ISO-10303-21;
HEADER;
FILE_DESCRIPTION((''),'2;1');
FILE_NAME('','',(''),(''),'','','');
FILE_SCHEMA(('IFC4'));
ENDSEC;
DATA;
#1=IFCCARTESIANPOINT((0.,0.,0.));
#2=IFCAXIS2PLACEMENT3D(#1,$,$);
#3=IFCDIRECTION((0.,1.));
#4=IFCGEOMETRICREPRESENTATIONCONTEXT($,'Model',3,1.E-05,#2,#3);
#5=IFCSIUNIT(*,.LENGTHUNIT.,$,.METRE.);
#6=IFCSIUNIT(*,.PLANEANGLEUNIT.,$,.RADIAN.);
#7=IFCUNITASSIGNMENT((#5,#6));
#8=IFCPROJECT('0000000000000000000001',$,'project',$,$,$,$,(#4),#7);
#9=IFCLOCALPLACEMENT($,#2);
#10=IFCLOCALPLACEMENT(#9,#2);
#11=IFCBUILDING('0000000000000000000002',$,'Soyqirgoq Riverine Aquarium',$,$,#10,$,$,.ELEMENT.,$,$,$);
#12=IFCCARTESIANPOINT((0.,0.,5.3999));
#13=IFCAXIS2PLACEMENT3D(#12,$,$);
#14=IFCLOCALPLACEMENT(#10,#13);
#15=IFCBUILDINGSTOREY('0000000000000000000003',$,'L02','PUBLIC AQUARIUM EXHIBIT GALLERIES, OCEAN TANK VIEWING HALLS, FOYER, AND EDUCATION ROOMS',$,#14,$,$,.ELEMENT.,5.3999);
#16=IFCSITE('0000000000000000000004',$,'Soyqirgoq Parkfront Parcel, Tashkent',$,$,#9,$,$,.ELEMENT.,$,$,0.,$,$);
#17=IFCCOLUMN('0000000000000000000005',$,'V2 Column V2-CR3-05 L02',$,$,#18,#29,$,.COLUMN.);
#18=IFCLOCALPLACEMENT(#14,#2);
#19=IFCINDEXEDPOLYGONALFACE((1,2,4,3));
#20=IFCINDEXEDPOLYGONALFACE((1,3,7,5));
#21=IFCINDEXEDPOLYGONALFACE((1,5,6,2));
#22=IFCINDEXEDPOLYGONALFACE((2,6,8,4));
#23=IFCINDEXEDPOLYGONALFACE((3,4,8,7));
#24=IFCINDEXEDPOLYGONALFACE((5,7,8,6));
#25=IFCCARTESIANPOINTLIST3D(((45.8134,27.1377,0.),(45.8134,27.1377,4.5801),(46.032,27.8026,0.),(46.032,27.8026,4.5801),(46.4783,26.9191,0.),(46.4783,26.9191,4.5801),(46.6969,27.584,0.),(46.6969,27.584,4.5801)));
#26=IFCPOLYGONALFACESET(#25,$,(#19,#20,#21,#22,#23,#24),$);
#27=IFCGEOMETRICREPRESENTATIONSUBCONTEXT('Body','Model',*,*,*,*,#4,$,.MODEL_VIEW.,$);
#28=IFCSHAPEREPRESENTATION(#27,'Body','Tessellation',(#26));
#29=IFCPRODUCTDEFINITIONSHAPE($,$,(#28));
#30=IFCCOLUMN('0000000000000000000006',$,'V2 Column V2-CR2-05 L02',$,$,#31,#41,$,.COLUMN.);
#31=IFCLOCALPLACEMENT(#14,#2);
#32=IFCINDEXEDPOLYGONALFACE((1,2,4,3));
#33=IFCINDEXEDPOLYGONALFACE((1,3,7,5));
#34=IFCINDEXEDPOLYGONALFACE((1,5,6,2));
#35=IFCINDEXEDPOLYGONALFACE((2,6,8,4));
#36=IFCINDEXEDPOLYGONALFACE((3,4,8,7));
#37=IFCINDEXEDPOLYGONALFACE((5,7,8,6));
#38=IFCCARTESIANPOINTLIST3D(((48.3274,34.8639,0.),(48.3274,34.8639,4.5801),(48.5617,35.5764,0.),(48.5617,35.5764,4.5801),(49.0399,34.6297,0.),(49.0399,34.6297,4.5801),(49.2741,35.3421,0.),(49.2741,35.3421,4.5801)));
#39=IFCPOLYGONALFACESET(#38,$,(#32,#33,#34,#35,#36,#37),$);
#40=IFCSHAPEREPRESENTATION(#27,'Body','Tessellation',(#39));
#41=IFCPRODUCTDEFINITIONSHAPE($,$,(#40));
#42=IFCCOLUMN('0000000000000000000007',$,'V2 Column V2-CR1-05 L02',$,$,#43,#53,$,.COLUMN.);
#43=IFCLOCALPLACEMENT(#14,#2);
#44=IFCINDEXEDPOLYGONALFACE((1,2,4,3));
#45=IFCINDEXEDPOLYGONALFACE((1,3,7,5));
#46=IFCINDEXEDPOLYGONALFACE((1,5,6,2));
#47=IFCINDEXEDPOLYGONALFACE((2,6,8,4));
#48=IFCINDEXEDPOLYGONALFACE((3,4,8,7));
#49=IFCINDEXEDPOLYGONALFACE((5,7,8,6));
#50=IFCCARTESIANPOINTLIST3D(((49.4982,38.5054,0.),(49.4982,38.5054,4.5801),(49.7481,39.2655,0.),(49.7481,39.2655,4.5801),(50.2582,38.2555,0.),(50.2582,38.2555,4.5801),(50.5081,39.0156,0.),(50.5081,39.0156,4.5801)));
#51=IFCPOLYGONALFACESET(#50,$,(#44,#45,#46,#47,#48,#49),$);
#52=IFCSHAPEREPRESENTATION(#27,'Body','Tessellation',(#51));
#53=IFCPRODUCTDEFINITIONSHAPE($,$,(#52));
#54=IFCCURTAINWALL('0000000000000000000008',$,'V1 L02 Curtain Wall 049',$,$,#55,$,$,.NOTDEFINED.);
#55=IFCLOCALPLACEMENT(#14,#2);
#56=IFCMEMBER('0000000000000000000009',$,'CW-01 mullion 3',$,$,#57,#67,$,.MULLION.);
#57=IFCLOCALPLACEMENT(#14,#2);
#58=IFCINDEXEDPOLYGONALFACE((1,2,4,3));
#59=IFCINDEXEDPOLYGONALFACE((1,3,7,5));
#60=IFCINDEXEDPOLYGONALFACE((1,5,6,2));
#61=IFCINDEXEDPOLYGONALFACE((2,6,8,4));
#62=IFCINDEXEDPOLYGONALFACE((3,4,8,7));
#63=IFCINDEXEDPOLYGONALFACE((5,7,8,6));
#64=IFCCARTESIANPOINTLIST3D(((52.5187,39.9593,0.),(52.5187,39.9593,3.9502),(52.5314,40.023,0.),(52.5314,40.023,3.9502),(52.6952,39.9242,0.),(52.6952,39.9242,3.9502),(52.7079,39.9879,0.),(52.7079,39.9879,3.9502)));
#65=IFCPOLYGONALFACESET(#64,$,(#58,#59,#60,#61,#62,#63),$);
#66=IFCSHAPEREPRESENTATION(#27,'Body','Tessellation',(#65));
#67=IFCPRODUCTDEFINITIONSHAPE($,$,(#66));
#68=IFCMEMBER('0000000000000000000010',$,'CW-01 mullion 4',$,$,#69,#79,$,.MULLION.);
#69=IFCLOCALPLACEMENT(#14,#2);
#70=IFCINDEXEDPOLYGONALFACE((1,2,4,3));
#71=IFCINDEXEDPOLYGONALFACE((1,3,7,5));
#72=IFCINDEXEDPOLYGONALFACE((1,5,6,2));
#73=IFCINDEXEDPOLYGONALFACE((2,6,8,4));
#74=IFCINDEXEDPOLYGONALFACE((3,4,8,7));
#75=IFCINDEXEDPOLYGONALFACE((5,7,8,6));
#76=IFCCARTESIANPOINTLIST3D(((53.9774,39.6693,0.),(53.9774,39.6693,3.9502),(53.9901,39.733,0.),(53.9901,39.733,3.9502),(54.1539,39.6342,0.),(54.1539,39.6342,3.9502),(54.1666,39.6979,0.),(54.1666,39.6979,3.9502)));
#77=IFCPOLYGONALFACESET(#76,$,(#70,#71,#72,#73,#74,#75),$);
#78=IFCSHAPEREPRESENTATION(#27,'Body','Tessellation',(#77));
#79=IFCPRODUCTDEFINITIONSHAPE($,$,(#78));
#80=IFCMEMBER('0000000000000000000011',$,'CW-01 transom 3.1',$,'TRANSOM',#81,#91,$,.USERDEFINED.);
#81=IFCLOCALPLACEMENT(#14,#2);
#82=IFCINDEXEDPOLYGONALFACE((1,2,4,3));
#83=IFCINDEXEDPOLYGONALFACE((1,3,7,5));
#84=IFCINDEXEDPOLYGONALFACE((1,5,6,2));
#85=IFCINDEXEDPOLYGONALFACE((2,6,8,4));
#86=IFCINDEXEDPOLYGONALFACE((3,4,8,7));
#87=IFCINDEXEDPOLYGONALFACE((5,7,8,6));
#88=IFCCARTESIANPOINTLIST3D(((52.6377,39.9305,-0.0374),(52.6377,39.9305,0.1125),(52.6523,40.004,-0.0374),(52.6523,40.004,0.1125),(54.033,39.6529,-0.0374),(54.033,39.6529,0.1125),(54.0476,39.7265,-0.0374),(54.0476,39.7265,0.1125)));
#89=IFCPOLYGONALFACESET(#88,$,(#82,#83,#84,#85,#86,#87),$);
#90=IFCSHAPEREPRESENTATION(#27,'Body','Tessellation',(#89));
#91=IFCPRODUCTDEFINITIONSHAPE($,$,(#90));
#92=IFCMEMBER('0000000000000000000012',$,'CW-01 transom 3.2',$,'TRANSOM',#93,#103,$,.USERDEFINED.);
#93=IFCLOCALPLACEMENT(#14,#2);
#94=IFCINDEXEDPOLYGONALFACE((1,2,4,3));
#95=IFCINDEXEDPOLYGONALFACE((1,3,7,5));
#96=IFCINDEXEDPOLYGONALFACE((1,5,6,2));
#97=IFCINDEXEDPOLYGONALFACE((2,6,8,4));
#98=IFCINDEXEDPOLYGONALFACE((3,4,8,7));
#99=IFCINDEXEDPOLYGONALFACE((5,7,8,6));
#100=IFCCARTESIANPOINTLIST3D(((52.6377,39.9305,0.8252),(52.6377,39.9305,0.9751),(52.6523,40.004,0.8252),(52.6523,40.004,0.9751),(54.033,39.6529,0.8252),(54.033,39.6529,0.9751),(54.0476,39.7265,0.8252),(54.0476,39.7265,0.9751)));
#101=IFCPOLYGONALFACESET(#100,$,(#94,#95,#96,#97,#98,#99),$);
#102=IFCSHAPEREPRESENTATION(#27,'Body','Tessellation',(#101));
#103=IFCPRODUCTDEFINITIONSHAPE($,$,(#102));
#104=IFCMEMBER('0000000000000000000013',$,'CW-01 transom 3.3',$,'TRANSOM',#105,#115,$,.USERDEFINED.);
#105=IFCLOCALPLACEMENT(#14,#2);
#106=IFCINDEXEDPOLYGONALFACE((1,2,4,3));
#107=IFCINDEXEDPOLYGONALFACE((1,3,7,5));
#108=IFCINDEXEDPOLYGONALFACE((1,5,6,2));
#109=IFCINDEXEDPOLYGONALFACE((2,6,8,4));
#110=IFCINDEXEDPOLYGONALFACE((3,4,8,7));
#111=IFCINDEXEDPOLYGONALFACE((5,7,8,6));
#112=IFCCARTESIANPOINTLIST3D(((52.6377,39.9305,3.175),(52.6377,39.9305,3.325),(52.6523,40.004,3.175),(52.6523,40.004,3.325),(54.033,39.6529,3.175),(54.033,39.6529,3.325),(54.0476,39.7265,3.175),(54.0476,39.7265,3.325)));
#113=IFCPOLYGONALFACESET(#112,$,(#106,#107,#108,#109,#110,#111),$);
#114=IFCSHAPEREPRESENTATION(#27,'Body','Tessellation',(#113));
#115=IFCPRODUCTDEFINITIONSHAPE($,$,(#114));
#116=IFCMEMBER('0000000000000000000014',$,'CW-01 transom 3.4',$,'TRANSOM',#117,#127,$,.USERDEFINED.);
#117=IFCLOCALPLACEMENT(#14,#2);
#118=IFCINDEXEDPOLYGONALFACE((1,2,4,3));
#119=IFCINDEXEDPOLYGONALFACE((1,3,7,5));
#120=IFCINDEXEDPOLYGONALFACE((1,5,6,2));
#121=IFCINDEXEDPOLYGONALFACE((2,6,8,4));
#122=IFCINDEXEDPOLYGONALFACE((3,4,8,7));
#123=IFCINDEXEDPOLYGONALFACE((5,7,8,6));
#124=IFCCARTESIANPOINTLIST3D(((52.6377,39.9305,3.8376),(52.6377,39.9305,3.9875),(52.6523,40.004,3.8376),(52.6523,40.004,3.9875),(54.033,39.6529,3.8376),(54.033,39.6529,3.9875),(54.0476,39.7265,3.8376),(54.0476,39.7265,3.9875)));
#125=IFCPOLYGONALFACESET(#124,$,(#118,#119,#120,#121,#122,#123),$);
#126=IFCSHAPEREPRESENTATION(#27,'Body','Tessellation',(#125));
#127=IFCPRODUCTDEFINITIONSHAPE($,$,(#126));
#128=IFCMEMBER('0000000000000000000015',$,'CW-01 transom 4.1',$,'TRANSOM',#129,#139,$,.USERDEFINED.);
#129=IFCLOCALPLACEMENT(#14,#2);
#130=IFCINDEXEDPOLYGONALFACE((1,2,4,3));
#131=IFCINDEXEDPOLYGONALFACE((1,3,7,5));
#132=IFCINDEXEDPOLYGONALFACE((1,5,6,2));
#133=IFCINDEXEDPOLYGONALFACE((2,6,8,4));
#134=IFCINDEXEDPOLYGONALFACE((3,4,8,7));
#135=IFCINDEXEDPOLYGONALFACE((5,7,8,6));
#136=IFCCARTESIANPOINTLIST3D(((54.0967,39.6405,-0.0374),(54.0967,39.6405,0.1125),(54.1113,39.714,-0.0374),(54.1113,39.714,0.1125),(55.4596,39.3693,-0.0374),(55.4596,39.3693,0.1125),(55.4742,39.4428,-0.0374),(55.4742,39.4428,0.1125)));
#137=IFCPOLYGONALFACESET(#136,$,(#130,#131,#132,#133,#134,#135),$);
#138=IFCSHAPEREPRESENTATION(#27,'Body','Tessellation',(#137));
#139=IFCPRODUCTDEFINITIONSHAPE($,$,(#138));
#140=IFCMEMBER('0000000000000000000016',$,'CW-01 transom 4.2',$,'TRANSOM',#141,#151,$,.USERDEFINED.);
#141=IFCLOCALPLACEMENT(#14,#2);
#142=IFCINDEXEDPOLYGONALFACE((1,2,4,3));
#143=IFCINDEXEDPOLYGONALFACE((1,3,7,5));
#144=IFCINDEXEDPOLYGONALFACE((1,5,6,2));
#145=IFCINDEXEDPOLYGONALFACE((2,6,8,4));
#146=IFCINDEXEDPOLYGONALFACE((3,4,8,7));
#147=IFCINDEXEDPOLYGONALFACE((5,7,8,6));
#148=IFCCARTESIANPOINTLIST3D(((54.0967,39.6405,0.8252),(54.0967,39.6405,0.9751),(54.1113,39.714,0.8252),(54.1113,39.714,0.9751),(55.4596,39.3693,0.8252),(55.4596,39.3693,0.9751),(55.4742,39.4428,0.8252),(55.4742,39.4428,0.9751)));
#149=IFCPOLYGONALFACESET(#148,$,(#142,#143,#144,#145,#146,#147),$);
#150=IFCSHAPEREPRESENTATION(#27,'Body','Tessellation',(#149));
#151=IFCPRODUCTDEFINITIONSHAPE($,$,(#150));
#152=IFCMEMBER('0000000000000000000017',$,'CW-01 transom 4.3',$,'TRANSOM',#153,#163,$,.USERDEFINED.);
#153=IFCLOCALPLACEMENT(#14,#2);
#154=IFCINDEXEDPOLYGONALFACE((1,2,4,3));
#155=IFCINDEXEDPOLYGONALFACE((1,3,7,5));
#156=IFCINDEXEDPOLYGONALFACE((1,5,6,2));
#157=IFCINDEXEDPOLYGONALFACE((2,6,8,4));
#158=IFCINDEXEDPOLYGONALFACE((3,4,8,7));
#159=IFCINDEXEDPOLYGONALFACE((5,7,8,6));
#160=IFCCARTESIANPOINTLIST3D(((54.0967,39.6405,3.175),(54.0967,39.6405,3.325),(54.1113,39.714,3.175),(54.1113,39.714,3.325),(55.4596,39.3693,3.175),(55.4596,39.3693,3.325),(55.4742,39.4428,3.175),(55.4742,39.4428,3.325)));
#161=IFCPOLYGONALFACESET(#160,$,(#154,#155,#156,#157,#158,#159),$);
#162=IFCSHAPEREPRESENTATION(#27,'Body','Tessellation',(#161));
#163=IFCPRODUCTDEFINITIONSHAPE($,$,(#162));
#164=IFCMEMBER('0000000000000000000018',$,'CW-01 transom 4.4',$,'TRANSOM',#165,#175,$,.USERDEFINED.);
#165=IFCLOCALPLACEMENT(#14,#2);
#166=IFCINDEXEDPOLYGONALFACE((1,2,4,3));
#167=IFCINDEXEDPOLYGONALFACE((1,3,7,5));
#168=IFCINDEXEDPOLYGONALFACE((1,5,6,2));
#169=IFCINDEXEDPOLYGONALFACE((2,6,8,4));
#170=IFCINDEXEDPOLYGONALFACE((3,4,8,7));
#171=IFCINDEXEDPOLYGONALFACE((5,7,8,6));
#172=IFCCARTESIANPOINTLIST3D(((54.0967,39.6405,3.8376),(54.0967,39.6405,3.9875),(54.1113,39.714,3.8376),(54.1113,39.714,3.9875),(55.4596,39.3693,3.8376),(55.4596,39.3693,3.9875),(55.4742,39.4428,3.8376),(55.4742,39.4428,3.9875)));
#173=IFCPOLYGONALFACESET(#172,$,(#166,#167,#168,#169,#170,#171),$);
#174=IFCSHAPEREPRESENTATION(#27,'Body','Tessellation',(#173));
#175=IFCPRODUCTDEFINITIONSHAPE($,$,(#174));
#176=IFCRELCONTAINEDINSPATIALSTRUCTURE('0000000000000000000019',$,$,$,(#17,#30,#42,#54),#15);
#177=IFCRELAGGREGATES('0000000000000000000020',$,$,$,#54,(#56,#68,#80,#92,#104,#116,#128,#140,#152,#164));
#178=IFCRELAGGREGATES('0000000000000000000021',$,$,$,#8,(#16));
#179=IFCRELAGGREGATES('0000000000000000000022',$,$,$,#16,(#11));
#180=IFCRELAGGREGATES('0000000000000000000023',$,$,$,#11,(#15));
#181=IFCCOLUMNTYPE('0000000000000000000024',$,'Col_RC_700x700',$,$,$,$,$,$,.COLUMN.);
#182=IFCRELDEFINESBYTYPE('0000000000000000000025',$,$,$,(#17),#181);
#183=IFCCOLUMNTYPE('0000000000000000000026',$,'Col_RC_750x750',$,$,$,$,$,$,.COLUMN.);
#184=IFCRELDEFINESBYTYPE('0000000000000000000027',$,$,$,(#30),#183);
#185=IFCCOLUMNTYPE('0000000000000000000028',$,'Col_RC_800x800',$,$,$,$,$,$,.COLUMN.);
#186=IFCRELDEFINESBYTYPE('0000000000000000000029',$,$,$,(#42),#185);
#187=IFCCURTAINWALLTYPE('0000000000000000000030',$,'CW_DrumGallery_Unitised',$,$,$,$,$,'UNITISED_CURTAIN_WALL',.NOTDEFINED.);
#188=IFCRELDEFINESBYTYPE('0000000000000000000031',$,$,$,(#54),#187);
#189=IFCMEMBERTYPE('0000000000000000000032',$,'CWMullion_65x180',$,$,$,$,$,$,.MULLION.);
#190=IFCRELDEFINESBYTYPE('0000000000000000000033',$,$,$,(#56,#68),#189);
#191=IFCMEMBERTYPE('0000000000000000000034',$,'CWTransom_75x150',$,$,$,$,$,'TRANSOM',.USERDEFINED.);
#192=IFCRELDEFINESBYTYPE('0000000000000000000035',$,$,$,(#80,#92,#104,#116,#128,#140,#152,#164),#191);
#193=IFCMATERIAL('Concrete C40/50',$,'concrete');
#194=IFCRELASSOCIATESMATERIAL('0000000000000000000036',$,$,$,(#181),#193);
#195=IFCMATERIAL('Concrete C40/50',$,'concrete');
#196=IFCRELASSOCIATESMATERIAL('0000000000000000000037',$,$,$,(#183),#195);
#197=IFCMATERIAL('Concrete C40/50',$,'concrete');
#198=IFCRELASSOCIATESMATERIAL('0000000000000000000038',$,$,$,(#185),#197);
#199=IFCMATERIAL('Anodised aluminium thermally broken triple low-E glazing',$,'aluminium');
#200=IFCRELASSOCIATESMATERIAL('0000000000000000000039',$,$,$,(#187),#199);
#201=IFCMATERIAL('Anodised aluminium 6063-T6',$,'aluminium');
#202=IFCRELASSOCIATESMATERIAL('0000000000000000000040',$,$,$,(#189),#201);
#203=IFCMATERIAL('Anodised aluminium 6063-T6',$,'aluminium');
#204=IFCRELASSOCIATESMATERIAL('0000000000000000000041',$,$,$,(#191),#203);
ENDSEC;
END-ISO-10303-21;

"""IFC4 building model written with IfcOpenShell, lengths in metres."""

from ifc_helpers import new_model, si_unit, direction, frame, origin, origin_2d, place, context, subcontext, project, spatial, rectangle, extrude, material, material_profile, profile_set, type_object, element, aggregate, save


model = new_model("IFC4")

# Units and contexts
model_context = context("Model", 3, precision=1e-05, world=origin(), true_north=direction((0.0, 1.0)))
body_context = subcontext(model_context, "Body", "Model", "MODEL_VIEW")
ifc_project = project(units=[si_unit("LENGTHUNIT", "METRE"), si_unit("PLANEANGLEUNIT", "RADIAN")], contexts=[model_context])

# Site, building, storey
site_placement = place(None, origin())
site = spatial("IfcSite", under=ifc_project, at=site_placement, Name="Soyqirgoq Parkfront Parcel, Tashkent", CompositionType="ELEMENT", RefElevation=0.0)
building_placement = place(site_placement, origin())
building = spatial("IfcBuilding", under=site, at=building_placement, Name="Soyqirgoq Riverine Aquarium", CompositionType="ELEMENT")
storey_placement = place(building_placement, frame((0.0, 0.0, 5.3999)))
storey = spatial("IfcBuildingStorey", under=building, at=storey_placement, Name="L02", Description="PUBLIC AQUARIUM EXHIBIT GALLERIES, OCEAN TANK VIEWING HALLS, FOYER, AND EDUCATION ROOMS", CompositionType="ELEMENT", Elevation=5.3999)

# Columns
ifc_material_1 = material(Name="Concrete C40/50", Category="concrete")
ifc_material_profile_1 = material_profile(ifc_material_1, rectangle(XDim=0.7, YDim=0.7, at=origin_2d()), Name="RC 700x700")
ifc_profile_set_1 = profile_set([ifc_material_profile_1], Name="Concrete C40/50")
column_type_1 = type_object("IfcColumnType", Name="Col_RC_700x700", PredefinedType="COLUMN", material=ifc_profile_set_1)
column_1_placement = place(storey_placement, frame((46.2551, 27.3608, 0.0), z_axis=(0.0, 0.0, 1.0), x_axis=(-0.312335, -0.949972, 0.0)))
element("IfcColumn", 1, at=column_1_placement, inside=storey, type_object=column_type_1, Name="V2 Column V2-CR3-05 L02", PredefinedType="COLUMN", context=body_context, shape_type="SweptSolid", body=[
    extrude(rectangle(XDim=0.7, YDim=0.7, at=origin_2d()), origin(), (0.0, 0.0, 1.0), 4.5801),
])
ifc_material_2 = material(Name="Concrete C40/50", Category="concrete")
ifc_material_profile_2 = material_profile(ifc_material_2, rectangle(XDim=0.75, YDim=0.75, at=origin_2d()), Name="RC 750x750")
ifc_profile_set_2 = profile_set([ifc_material_profile_2], Name="Concrete C40/50")
column_type_2 = type_object("IfcColumnType", Name="Col_RC_750x750", PredefinedType="COLUMN", material=ifc_profile_set_2)
column_2_placement = place(storey_placement, frame((48.8008, 35.103, 0.0), z_axis=(0.0, 0.0, 1.0), x_axis=(-0.312335, -0.949972, 0.0)))
element("IfcColumn", 2, at=column_2_placement, inside=storey, type_object=column_type_2, Name="V2 Column V2-CR2-05 L02", PredefinedType="COLUMN", context=body_context, shape_type="SweptSolid", body=[
    extrude(rectangle(XDim=0.75, YDim=0.75, at=origin_2d()), origin(), (0.0, 0.0, 1.0), 4.5801),
])
ifc_material_3 = material(Name="Concrete C40/50", Category="concrete")
ifc_material_profile_3 = material_profile(ifc_material_3, rectangle(XDim=0.8, YDim=0.8, at=origin_2d()), Name="RC 800x800")
ifc_profile_set_3 = profile_set([ifc_material_profile_3], Name="Concrete C40/50")
column_type_3 = type_object("IfcColumnType", Name="Col_RC_800x800", PredefinedType="COLUMN", material=ifc_profile_set_3)
column_3_placement = place(storey_placement, frame((50.0032, 38.7605, 0.0), z_axis=(0.0, 0.0, 1.0), x_axis=(-0.312335, -0.949972, 0.0)))
element("IfcColumn", 3, at=column_3_placement, inside=storey, type_object=column_type_3, Name="V2 Column V2-CR1-05 L02", PredefinedType="COLUMN", context=body_context, shape_type="SweptSolid", body=[
    extrude(rectangle(XDim=0.8, YDim=0.8, at=origin_2d()), origin(), (0.0, 0.0, 1.0), 4.5801),
])

# Curtain wall, members
ifc_material_4 = material(Name="Anodised aluminium thermally broken triple low-E glazing", Category="aluminium")
curtain_wall_type = type_object("IfcCurtainWallType", Name="CW_DrumGallery_Unitised", ElementType="UNITISED_CURTAIN_WALL", PredefinedType="NOTDEFINED", material=ifc_material_4)
curtain_wall_placement = place(storey_placement, origin())
curtain_wall = element("IfcCurtainWall", 4, at=curtain_wall_placement, inside=storey, type_object=curtain_wall_type, Name="V1 L02 Curtain Wall 049", PredefinedType="NOTDEFINED")
ifc_material_5 = material(Name="Anodised aluminium 6063-T6", Category="aluminium")
ifc_material_profile_4 = material_profile(ifc_material_5, rectangle(XDim=0.0649, YDim=0.1799, at=origin_2d()), Name="ALU-M 65x180")
ifc_profile_set_4 = profile_set([ifc_material_profile_4], Name="Anodised aluminium 6063-T6")
member_type_1 = type_object("IfcMemberType", Name="CWMullion_65x180", PredefinedType="MULLION", material=ifc_profile_set_4)
member_1_placement = place(storey_placement, frame((52.6133, 39.9736, 0.0), z_axis=(0.0, 0.0, 1.0), x_axis=(0.195088, 0.980786, 0.0)))
member_1 = element("IfcMember", 5, at=member_1_placement, type_object=member_type_1, Name="CW-01 mullion 3", PredefinedType="MULLION", context=body_context, shape_type="SweptSolid", body=[
    extrude(rectangle(XDim=0.0649, YDim=0.1799, at=origin_2d()), origin(), (0.0, 0.0, 1.0), 3.9502),
])
member_2_placement = place(storey_placement, frame((54.072, 39.6836, 0.0), z_axis=(0.0, 0.0, 1.0), x_axis=(0.195088, 0.980786, 0.0)))
member_2 = element("IfcMember", 6, at=member_2_placement, type_object=member_type_1, Name="CW-01 mullion 4", PredefinedType="MULLION", context=body_context, shape_type="SweptSolid", body=[
    extrude(rectangle(XDim=0.0649, YDim=0.1799, at=origin_2d()), origin(), (0.0, 0.0, 1.0), 3.9502),
])
ifc_material_6 = material(Name="Anodised aluminium 6063-T6", Category="aluminium")
ifc_material_profile_5 = material_profile(ifc_material_6, rectangle(XDim=0.075, YDim=0.1499, at=origin_2d()), Name="ALU-T 75x150")
ifc_profile_set_5 = profile_set([ifc_material_profile_5], Name="Anodised aluminium 6063-T6")
member_type_2 = type_object("IfcMemberType", Name="CWTransom_75x150", ElementType="TRANSOM", PredefinedType="USERDEFINED", material=ifc_profile_set_5)
member_3_placement = place(storey_placement, frame((52.645, 39.9673, 0.0376), z_axis=(0.980778, -0.195126, 0.0), x_axis=(0.195126, 0.980778, 0.0)))
member_3 = element("IfcMember", 7, at=member_3_placement, type_object=member_type_2, Name="CW-01 transom 3.1", ObjectType="TRANSOM", PredefinedType="USERDEFINED", context=body_context, shape_type="SweptSolid", body=[
    extrude(rectangle(XDim=0.075, YDim=0.1499, at=origin_2d()), origin(), (0.0, 0.0, 1.0), 1.4226),
])
member_4_placement = place(storey_placement, frame((52.645, 39.9673, 0.9001), z_axis=(0.980778, -0.195126, 0.0), x_axis=(0.195126, 0.980778, 0.0)))
member_4 = element("IfcMember", 8, at=member_4_placement, type_object=member_type_2, Name="CW-01 transom 3.2", ObjectType="TRANSOM", PredefinedType="USERDEFINED", context=body_context, shape_type="SweptSolid", body=[
    extrude(rectangle(XDim=0.075, YDim=0.1499, at=origin_2d()), origin(), (0.0, 0.0, 1.0), 1.4226),
])
member_5_placement = place(storey_placement, frame((52.645, 39.9673, 3.25), z_axis=(0.980778, -0.195126, 0.0), x_axis=(0.195126, 0.980778, 0.0)))
member_5 = element("IfcMember", 9, at=member_5_placement, type_object=member_type_2, Name="CW-01 transom 3.3", ObjectType="TRANSOM", PredefinedType="USERDEFINED", context=body_context, shape_type="SweptSolid", body=[
    extrude(rectangle(XDim=0.075, YDim=0.1499, at=origin_2d()), origin(), (0.0, 0.0, 1.0), 1.4226),
])
member_6_placement = place(storey_placement, frame((52.645, 39.9673, 3.9126), z_axis=(0.980778, -0.195126, 0.0), x_axis=(0.195126, 0.980778, 0.0)))
member_6 = element("IfcMember", 10, at=member_6_placement, type_object=member_type_2, Name="CW-01 transom 3.4", ObjectType="TRANSOM", PredefinedType="USERDEFINED", context=body_context, shape_type="SweptSolid", body=[
    extrude(rectangle(XDim=0.075, YDim=0.1499, at=origin_2d()), origin(), (0.0, 0.0, 1.0), 1.4226),
])
member_7_placement = place(storey_placement, frame((54.104, 39.6772, 0.0376), z_axis=(0.980769, -0.19517, 0.0), x_axis=(0.19517, 0.980769, 0.0)))
member_7 = element("IfcMember", 11, at=member_7_placement, type_object=member_type_2, Name="CW-01 transom 4.1", ObjectType="TRANSOM", PredefinedType="USERDEFINED", context=body_context, shape_type="SweptSolid", body=[
    extrude(rectangle(XDim=0.075, YDim=0.1499, at=origin_2d()), origin(), (0.0, 0.0, 1.0), 1.3896),
])
member_8_placement = place(storey_placement, frame((54.104, 39.6772, 0.9001), z_axis=(0.980769, -0.19517, 0.0), x_axis=(0.19517, 0.980769, 0.0)))
member_8 = element("IfcMember", 12, at=member_8_placement, type_object=member_type_2, Name="CW-01 transom 4.2", ObjectType="TRANSOM", PredefinedType="USERDEFINED", context=body_context, shape_type="SweptSolid", body=[
    extrude(rectangle(XDim=0.075, YDim=0.1499, at=origin_2d()), origin(), (0.0, 0.0, 1.0), 1.3896),
])
member_9_placement = place(storey_placement, frame((54.104, 39.6772, 3.25), z_axis=(0.980769, -0.19517, 0.0), x_axis=(0.19517, 0.980769, 0.0)))
member_9 = element("IfcMember", 13, at=member_9_placement, type_object=member_type_2, Name="CW-01 transom 4.3", ObjectType="TRANSOM", PredefinedType="USERDEFINED", context=body_context, shape_type="SweptSolid", body=[
    extrude(rectangle(XDim=0.075, YDim=0.1499, at=origin_2d()), origin(), (0.0, 0.0, 1.0), 1.3896),
])
member_10_placement = place(storey_placement, frame((54.104, 39.6772, 3.9126), z_axis=(0.980769, -0.19517, 0.0), x_axis=(0.19517, 0.980769, 0.0)))
member_10 = element("IfcMember", 14, at=member_10_placement, type_object=member_type_2, Name="CW-01 transom 4.4", ObjectType="TRANSOM", PredefinedType="USERDEFINED", context=body_context, shape_type="SweptSolid", body=[
    extrude(rectangle(XDim=0.075, YDim=0.1499, at=origin_2d()), origin(), (0.0, 0.0, 1.0), 1.3896),
])

aggregate(curtain_wall, [member_1, member_2, member_3, member_4, member_5, member_6, member_7, member_8, member_9, member_10])

save(model, "model.ifc")
